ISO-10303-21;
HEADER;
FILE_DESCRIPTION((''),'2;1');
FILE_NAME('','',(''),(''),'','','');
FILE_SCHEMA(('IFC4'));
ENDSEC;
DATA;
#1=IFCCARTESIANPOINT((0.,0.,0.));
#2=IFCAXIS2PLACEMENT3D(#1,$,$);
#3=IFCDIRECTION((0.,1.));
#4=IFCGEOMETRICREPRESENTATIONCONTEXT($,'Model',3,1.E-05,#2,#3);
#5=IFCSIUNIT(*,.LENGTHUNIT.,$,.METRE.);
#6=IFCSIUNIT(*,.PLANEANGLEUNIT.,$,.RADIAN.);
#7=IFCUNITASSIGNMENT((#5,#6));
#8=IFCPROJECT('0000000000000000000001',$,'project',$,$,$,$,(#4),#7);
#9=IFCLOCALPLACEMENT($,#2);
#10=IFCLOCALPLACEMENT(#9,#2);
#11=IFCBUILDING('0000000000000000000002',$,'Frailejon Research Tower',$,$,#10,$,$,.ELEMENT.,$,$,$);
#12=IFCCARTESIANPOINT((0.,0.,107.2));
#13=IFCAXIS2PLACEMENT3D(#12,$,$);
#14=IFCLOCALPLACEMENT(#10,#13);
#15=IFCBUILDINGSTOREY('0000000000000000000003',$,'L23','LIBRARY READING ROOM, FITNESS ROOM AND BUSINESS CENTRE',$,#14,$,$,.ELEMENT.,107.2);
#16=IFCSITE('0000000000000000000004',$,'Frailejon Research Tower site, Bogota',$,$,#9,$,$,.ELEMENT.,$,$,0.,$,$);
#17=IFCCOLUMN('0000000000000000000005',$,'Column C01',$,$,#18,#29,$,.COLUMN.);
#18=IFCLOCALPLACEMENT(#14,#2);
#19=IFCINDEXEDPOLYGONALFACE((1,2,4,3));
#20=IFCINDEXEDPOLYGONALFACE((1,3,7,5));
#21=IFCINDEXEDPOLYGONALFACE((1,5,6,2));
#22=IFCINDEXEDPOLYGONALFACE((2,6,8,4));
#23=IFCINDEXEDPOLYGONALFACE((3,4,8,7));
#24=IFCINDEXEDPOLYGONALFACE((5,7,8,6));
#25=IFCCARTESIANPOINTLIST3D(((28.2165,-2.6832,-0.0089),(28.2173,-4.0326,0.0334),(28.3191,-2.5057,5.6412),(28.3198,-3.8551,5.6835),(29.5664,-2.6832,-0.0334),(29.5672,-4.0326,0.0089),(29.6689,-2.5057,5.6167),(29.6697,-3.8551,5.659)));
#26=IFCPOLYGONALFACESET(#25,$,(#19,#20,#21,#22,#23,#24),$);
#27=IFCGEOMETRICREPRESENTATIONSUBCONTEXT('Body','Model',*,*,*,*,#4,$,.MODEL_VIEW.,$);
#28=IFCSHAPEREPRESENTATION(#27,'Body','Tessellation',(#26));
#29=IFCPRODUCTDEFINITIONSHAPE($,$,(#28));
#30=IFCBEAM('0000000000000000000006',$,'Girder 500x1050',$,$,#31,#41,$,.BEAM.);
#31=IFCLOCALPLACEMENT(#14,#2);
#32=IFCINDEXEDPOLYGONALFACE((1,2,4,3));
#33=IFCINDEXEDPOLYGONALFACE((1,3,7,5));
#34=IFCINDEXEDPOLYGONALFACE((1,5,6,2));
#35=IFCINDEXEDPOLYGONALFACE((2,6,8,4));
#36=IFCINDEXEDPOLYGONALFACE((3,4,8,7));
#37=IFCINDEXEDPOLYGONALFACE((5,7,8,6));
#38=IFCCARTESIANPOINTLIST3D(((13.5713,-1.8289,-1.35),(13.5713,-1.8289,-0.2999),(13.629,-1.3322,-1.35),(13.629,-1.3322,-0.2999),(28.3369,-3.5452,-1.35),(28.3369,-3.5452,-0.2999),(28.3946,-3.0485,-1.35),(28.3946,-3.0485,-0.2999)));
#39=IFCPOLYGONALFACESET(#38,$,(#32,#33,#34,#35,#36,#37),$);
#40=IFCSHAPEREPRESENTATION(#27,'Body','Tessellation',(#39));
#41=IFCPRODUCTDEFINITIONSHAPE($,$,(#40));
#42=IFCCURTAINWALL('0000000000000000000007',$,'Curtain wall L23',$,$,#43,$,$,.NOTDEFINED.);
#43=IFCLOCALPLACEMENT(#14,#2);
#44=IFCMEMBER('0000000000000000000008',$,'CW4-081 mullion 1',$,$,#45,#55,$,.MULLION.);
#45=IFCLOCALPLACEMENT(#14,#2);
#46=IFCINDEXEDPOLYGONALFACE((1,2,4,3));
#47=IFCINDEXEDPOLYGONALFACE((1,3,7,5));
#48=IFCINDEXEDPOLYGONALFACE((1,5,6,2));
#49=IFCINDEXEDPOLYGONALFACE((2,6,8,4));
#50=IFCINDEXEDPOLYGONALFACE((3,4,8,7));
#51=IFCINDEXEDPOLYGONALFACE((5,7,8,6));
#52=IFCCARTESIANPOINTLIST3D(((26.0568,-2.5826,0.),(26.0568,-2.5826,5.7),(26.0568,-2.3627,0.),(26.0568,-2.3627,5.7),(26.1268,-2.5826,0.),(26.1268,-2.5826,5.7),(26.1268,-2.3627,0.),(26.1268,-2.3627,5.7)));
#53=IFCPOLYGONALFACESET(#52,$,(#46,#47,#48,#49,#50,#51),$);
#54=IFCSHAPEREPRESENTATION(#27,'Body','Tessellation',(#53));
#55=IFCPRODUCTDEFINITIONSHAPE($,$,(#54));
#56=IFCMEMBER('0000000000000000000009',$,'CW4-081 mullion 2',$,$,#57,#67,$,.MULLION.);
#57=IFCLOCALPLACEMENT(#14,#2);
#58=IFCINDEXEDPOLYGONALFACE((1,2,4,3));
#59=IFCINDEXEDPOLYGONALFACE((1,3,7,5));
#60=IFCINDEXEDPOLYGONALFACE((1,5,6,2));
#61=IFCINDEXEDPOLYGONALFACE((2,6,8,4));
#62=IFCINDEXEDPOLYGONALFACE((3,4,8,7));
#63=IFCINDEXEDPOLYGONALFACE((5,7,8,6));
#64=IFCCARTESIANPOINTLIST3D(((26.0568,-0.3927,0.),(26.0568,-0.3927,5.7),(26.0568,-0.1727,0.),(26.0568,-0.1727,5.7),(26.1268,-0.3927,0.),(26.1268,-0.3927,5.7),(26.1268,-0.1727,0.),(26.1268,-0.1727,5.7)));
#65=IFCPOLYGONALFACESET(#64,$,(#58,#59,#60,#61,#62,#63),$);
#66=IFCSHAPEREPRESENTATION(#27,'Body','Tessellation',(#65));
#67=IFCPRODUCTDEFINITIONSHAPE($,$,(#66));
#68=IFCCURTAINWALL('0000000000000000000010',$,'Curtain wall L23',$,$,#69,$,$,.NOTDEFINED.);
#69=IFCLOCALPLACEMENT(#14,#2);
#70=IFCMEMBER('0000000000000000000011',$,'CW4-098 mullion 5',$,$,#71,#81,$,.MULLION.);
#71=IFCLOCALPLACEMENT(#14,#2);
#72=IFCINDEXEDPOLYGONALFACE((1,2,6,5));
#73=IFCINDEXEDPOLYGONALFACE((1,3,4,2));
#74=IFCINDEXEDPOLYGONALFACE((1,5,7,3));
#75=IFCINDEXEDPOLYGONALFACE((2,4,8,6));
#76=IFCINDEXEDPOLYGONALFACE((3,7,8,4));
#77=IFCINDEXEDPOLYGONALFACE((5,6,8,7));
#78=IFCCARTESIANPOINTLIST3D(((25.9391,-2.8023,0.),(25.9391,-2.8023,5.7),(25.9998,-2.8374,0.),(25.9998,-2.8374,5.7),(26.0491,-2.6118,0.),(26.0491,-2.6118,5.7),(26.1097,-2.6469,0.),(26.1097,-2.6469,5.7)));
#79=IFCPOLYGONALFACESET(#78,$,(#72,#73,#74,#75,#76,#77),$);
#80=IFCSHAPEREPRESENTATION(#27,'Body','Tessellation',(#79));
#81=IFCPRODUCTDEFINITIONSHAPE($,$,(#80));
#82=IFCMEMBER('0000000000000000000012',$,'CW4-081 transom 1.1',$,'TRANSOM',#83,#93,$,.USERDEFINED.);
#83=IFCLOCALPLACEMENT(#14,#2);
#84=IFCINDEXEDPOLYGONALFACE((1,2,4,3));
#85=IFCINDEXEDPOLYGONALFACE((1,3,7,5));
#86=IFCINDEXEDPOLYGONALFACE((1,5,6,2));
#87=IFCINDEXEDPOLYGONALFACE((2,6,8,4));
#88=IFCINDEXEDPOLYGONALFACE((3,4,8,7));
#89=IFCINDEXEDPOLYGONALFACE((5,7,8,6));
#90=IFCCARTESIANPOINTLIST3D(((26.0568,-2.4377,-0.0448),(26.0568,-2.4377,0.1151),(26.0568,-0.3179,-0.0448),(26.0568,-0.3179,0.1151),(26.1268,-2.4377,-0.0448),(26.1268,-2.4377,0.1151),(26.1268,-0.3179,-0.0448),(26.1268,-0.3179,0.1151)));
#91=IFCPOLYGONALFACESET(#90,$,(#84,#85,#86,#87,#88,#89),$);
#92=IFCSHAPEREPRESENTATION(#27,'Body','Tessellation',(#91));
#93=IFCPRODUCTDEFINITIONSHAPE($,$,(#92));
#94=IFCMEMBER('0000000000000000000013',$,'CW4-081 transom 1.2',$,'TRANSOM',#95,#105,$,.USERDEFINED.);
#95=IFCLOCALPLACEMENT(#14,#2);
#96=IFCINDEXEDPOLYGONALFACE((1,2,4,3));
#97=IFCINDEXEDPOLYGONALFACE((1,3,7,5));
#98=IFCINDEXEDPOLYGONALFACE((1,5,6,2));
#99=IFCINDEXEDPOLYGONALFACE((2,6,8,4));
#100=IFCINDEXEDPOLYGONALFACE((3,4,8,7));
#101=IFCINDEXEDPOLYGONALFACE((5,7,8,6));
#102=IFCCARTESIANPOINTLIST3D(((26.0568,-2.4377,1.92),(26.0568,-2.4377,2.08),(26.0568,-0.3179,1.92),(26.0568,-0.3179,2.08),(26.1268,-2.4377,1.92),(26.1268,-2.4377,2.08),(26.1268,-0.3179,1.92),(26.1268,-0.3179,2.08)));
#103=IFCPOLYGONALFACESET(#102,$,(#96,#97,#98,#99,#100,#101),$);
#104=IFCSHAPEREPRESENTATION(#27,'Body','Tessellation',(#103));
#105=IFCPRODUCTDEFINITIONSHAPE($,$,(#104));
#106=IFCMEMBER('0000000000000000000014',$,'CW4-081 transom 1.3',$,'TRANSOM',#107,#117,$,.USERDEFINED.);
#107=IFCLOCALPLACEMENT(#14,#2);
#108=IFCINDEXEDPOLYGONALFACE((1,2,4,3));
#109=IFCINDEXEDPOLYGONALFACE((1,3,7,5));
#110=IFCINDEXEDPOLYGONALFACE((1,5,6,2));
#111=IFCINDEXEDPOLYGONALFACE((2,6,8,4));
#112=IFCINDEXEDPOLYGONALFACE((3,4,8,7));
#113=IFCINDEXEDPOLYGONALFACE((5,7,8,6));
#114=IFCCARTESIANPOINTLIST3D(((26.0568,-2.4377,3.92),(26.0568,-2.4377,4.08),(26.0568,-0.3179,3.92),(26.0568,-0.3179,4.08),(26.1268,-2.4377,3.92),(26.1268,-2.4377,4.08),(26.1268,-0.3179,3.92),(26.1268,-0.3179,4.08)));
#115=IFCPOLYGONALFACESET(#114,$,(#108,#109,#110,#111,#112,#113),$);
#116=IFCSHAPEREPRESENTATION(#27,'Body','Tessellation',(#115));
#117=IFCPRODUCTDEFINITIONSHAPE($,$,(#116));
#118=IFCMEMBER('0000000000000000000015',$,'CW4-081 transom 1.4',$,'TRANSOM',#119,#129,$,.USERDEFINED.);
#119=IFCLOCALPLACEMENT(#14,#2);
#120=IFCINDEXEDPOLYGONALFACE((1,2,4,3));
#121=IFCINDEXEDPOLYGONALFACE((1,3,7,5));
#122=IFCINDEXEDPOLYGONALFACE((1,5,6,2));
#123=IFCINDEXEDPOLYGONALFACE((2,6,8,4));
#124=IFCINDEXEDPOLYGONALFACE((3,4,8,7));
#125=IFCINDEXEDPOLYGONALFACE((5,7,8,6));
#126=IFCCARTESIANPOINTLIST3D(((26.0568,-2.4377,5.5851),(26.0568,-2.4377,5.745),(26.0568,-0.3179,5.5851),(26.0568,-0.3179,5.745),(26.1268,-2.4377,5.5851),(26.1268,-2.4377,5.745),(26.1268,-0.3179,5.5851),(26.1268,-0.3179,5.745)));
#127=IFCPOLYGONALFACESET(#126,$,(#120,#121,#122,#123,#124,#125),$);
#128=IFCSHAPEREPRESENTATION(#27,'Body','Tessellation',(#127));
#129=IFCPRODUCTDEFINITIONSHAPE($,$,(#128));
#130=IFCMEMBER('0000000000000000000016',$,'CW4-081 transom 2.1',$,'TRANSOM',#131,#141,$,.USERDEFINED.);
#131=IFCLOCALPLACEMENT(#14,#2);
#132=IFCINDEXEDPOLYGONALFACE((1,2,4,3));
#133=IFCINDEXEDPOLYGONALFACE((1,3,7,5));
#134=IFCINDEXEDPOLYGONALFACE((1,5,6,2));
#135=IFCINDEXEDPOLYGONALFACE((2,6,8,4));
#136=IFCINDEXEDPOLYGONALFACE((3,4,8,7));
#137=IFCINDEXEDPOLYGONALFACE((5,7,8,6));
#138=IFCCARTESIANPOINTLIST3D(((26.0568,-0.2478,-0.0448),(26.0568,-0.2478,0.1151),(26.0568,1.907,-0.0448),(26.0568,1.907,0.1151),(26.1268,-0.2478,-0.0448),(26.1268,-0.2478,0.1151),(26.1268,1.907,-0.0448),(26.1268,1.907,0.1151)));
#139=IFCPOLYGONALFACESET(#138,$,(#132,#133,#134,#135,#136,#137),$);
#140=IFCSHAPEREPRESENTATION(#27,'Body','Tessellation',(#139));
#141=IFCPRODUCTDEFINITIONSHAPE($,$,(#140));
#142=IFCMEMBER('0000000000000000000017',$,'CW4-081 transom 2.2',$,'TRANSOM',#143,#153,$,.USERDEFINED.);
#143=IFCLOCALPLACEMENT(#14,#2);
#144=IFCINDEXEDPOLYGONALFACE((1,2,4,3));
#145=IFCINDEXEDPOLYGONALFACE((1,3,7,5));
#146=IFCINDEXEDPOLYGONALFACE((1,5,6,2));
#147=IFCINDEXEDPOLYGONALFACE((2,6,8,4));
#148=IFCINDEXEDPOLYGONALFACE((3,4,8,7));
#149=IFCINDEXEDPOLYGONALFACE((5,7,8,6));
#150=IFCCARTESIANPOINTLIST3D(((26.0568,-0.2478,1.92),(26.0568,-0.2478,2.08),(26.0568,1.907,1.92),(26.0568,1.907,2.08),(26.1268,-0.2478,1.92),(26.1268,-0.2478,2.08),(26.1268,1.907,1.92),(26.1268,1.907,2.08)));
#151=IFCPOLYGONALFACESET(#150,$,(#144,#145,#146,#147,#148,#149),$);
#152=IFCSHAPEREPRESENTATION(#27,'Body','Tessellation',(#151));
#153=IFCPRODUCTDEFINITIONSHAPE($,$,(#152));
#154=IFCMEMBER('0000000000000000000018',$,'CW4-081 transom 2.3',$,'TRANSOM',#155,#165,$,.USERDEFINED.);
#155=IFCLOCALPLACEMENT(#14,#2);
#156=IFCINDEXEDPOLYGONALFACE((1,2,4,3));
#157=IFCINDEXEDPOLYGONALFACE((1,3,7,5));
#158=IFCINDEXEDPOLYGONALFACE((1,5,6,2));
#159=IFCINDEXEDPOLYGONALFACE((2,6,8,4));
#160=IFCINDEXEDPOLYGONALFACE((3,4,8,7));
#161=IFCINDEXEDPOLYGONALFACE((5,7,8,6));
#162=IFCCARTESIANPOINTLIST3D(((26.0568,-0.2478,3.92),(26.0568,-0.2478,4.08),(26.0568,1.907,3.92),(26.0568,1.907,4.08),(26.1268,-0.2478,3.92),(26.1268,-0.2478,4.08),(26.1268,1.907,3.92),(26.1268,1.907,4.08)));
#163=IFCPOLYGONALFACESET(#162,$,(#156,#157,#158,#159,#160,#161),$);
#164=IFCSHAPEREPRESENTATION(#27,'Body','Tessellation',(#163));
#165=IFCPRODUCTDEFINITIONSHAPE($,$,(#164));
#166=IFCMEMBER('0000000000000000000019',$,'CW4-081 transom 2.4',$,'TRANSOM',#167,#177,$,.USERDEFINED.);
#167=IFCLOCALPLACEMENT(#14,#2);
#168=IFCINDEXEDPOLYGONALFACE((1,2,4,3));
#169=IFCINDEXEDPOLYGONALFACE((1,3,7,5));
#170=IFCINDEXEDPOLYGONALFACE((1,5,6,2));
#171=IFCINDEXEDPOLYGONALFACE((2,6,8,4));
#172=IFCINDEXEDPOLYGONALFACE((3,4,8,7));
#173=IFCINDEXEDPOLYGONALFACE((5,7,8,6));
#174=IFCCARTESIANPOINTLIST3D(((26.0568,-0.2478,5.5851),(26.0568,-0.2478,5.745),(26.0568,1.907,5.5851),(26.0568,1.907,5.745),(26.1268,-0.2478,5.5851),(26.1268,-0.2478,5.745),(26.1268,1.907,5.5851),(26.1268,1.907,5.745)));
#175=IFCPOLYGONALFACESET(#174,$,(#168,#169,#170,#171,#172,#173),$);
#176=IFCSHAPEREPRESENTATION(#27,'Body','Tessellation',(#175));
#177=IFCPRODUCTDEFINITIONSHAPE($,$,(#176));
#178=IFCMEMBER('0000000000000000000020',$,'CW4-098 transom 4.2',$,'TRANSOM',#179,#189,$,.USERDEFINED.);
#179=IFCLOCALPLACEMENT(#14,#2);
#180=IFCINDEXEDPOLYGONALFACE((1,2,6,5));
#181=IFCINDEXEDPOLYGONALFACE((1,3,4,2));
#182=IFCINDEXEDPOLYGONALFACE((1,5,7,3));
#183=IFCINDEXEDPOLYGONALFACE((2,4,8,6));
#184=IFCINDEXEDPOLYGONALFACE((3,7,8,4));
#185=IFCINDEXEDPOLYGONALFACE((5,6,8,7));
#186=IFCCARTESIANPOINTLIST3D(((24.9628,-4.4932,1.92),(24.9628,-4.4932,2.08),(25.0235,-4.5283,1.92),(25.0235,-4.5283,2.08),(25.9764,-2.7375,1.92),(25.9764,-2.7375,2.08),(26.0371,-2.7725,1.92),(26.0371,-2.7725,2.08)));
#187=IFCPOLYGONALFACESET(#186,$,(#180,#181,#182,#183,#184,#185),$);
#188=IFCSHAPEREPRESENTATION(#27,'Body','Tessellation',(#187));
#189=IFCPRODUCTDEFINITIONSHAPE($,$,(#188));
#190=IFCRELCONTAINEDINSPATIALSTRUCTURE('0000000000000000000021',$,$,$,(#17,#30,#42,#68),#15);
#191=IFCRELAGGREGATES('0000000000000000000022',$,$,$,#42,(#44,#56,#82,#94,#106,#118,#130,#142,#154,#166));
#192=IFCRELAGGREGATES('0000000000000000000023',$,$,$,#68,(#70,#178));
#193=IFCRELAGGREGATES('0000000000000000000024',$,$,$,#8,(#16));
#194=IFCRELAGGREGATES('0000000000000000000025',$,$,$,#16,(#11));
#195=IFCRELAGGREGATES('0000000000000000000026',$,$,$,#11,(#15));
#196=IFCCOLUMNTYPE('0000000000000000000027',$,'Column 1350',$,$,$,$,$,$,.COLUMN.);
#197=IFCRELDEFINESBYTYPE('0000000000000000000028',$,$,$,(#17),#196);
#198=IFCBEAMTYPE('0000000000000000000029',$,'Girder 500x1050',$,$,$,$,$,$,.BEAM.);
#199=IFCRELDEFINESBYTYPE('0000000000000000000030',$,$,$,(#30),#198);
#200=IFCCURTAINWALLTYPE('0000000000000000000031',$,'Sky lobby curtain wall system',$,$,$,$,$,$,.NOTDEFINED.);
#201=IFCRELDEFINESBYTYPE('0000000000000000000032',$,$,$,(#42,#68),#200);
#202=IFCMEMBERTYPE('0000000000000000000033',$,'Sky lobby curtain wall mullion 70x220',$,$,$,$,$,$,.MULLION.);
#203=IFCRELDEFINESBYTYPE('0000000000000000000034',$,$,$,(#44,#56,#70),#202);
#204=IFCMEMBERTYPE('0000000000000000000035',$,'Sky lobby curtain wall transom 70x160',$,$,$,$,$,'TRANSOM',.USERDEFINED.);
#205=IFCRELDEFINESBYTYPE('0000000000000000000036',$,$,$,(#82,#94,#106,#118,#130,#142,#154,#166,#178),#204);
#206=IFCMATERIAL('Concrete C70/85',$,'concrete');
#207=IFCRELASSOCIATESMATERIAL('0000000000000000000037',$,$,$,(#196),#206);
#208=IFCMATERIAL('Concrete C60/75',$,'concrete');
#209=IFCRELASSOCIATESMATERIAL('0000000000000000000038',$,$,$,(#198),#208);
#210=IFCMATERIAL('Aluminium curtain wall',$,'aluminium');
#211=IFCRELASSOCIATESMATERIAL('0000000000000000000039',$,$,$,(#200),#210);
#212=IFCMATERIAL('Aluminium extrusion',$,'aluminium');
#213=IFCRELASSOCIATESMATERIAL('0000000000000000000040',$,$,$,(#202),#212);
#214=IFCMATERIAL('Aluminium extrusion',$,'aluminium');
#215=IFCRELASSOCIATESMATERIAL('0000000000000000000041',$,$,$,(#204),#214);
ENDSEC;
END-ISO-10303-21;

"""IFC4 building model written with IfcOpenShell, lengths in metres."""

from ifc_helpers import new_model, si_unit, direction, frame, origin, origin_2d, place, context, subcontext, project, spatial, rectangle, extrude, material, material_profile, profile_set, type_object, element, aggregate, save


model = new_model("IFC4")

# Units and contexts
model_context = context("Model", 3, precision=1e-05, world=origin(), true_north=direction((0.0, 1.0)))
body_context = subcontext(model_context, "Body", "Model", "MODEL_VIEW")
ifc_project = project(units=[si_unit("LENGTHUNIT", "METRE"), si_unit("PLANEANGLEUNIT", "RADIAN")], contexts=[model_context])

# Site, building, storey
site_placement = place(None, origin())
site = spatial("IfcSite", under=ifc_project, at=site_placement, Name="Frailejon Research Tower site, Bogota", CompositionType="ELEMENT", RefElevation=0.0)
building_placement = place(site_placement, origin())
building = spatial("IfcBuilding", under=site, at=building_placement, Name="Frailejon Research Tower", CompositionType="ELEMENT")
storey_placement = place(building_placement, frame((0.0, 0.0, 107.2)))
storey = spatial("IfcBuildingStorey", under=building, at=storey_placement, Name="L23", Description="LIBRARY READING ROOM, FITNESS ROOM AND BUSINESS CENTRE", CompositionType="ELEMENT", Elevation=107.2)

# Column
ifc_material_1 = material(Name="Concrete C70/85", Category="concrete")
ifc_material_profile_1 = material_profile(ifc_material_1, rectangle(XDim=1.3501, YDim=1.3501, at=origin_2d()), Name="Column 1350")
ifc_profile_set_1 = profile_set([ifc_material_profile_1], Name="Concrete C70/85")
column_type = type_object("IfcColumnType", Name="Column 1350", PredefinedType="COLUMN", material=ifc_profile_set_1)
column_placement = place(storey_placement, frame((28.8918, -3.3579, 0.0), z_axis=(0.018136, 0.031393, 0.999343), x_axis=(-0.000572, 0.999507, -0.031388)))
element("IfcColumn", 1, at=column_placement, inside=storey, type_object=column_type, Name="Column C01", PredefinedType="COLUMN", context=body_context, shape_type="SweptSolid", body=[
    extrude(rectangle(XDim=1.3501, YDim=1.3501, at=origin_2d()), origin(), (0.0, 0.0, 1.0), 5.6538),
])

# Beam
ifc_material_2 = material(Name="Concrete C60/75", Category="concrete")
ifc_material_profile_2 = material_profile(ifc_material_2, rectangle(XDim=0.5, YDim=1.05, at=origin_2d()), Name="Girder 500x1050")
ifc_profile_set_2 = profile_set([ifc_material_profile_2], Name="Concrete C60/75")
beam_type_1 = type_object("IfcBeamType", Name="Girder 500x1050", PredefinedType="BEAM", material=ifc_profile_set_2)
beam_1_placement = place(storey_placement, frame((28.3657, -3.2969, -0.825), z_axis=(-0.993312, 0.115459, 0.0), x_axis=(-0.115459, -0.993312, 0.0)))
element("IfcBeam", 2, at=beam_1_placement, inside=storey, type_object=beam_type_1, Name="Girder 500x1050", PredefinedType="BEAM", context=body_context, shape_type="SweptSolid", body=[
    extrude(rectangle(XDim=0.5, YDim=1.05, at=origin_2d()), origin(), (0.0, 0.0, 1.0), 14.865),
])

# Curtain wall, members
ifc_material_3 = material(Name="Aluminium curtain wall", Category="aluminium")
curtain_wall_type = type_object("IfcCurtainWallType", Name="Sky lobby curtain wall system", PredefinedType="NOTDEFINED", material=ifc_material_3)
curtain_wall_1_placement = place(storey_placement, origin())
curtain_wall_1 = element("IfcCurtainWall", 3, at=curtain_wall_1_placement, inside=storey, type_object=curtain_wall_type, Name="Curtain wall L23", PredefinedType="NOTDEFINED")
ifc_material_4 = material(Name="Aluminium extrusion", Category="aluminium")
ifc_material_profile_3 = material_profile(ifc_material_4, rectangle(XDim=0.0701, YDim=0.22, at=origin_2d()), Name="Sky lobby curtain wall mullion 70x220")
ifc_profile_set_3 = profile_set([ifc_material_profile_3], Name="Aluminium extrusion")
member_type_1 = type_object("IfcMemberType", Name="Sky lobby curtain wall mullion 70x220", PredefinedType="MULLION", material=ifc_profile_set_3)
member_1_placement = place(storey_placement, frame((26.0918, -2.4727, 0.0), z_axis=(0.0, 0.0, 1.0), x_axis=(-1.0, 0.0, 0.0)))
member_1 = element("IfcMember", 4, at=member_1_placement, type_object=member_type_1, Name="CW4-081 mullion 1", PredefinedType="MULLION", context=body_context, shape_type="SweptSolid", body=[
    extrude(rectangle(XDim=0.0701, YDim=0.22, at=origin_2d()), origin(), (0.0, 0.0, 1.0), 5.7),
])
member_2_placement = place(storey_placement, frame((26.0918, -0.2827, 0.0), z_axis=(0.0, 0.0, 1.0), x_axis=(-1.0, 0.0, 0.0)))
member_2 = element("IfcMember", 5, at=member_2_placement, type_object=member_type_1, Name="CW4-081 mullion 2", PredefinedType="MULLION", context=body_context, shape_type="SweptSolid", body=[
    extrude(rectangle(XDim=0.0701, YDim=0.22, at=origin_2d()), origin(), (0.0, 0.0, 1.0), 5.7),
])

# Curtain wall, member
curtain_wall_2_placement = place(storey_placement, origin())
curtain_wall_2 = element("IfcCurtainWall", 6, at=curtain_wall_2_placement, inside=storey, type_object=curtain_wall_type, Name="Curtain wall L23", PredefinedType="NOTDEFINED")
member_3_placement = place(storey_placement, frame((26.0244, -2.7246, 0.0), z_axis=(0.0, 0.0, 1.0), x_axis=(-0.866026, 0.5, 0.0)))
member_3 = element("IfcMember", 7, at=member_3_placement, type_object=member_type_1, Name="CW4-098 mullion 5", PredefinedType="MULLION", context=body_context, shape_type="SweptSolid", body=[
    extrude(rectangle(XDim=0.0701, YDim=0.22, at=origin_2d()), origin(), (0.0, 0.0, 1.0), 5.7),
])

# Members
ifc_material_5 = material(Name="Aluminium extrusion", Category="aluminium")
ifc_material_profile_4 = material_profile(ifc_material_5, rectangle(XDim=0.0701, YDim=0.1599, at=origin_2d()), Name="Sky lobby curtain wall transom 70x160")
ifc_profile_set_4 = profile_set([ifc_material_profile_4], Name="Aluminium extrusion")
member_type_2 = type_object("IfcMemberType", Name="Sky lobby curtain wall transom 70x160", ElementType="TRANSOM", PredefinedType="USERDEFINED", material=ifc_profile_set_4)
member_4_placement = place(storey_placement, frame((26.0918, -2.4377, 0.0352), z_axis=(0.0, 1.0, 0.0), x_axis=(-1.0, 0.0, 0.0)))
member_4 = element("IfcMember", 8, at=member_4_placement, type_object=member_type_2, Name="CW4-081 transom 1.1", ObjectType="TRANSOM", PredefinedType="USERDEFINED", context=body_context, shape_type="SweptSolid", body=[
    extrude(rectangle(XDim=0.0701, YDim=0.1599, at=origin_2d()), origin(), (0.0, 0.0, 1.0), 2.1199),
])
member_5_placement = place(storey_placement, frame((26.0918, -2.4377, 2.0), z_axis=(0.0, 1.0, 0.0), x_axis=(-1.0, 0.0, 0.0)))
member_5 = element("IfcMember", 9, at=member_5_placement, type_object=member_type_2, Name="CW4-081 transom 1.2", ObjectType="TRANSOM", PredefinedType="USERDEFINED", context=body_context, shape_type="SweptSolid", body=[
    extrude(rectangle(XDim=0.0701, YDim=0.1599, at=origin_2d()), origin(), (0.0, 0.0, 1.0), 2.1199),
])
member_6_placement = place(storey_placement, frame((26.0918, -2.4377, 4.0), z_axis=(0.0, 1.0, 0.0), x_axis=(-1.0, 0.0, 0.0)))
member_6 = element("IfcMember", 10, at=member_6_placement, type_object=member_type_2, Name="CW4-081 transom 1.3", ObjectType="TRANSOM", PredefinedType="USERDEFINED", context=body_context, shape_type="SweptSolid", body=[
    extrude(rectangle(XDim=0.0701, YDim=0.1599, at=origin_2d()), origin(), (0.0, 0.0, 1.0), 2.1199),
])
member_7_placement = place(storey_placement, frame((26.0918, -2.4377, 5.665), z_axis=(0.0, 1.0, 0.0), x_axis=(-1.0, 0.0, 0.0)))
member_7 = element("IfcMember", 11, at=member_7_placement, type_object=member_type_2, Name="CW4-081 transom 1.4", ObjectType="TRANSOM", PredefinedType="USERDEFINED", context=body_context, shape_type="SweptSolid", body=[
    extrude(rectangle(XDim=0.0701, YDim=0.1599, at=origin_2d()), origin(), (0.0, 0.0, 1.0), 2.1199),
])
member_8_placement = place(storey_placement, frame((26.0918, -0.2478, 0.0352), z_axis=(0.0, 1.0, 0.0), x_axis=(-1.0, 0.0, 0.0)))
member_8 = element("IfcMember", 12, at=member_8_placement, type_object=member_type_2, Name="CW4-081 transom 2.1", ObjectType="TRANSOM", PredefinedType="USERDEFINED", context=body_context, shape_type="SweptSolid", body=[
    extrude(rectangle(XDim=0.0701, YDim=0.1599, at=origin_2d()), origin(), (0.0, 0.0, 1.0), 2.1548),
])
member_9_placement = place(storey_placement, frame((26.0918, -0.2478, 2.0), z_axis=(0.0, 1.0, 0.0), x_axis=(-1.0, 0.0, 0.0)))
member_9 = element("IfcMember", 13, at=member_9_placement, type_object=member_type_2, Name="CW4-081 transom 2.2", ObjectType="TRANSOM", PredefinedType="USERDEFINED", context=body_context, shape_type="SweptSolid", body=[
    extrude(rectangle(XDim=0.0701, YDim=0.1599, at=origin_2d()), origin(), (0.0, 0.0, 1.0), 2.1548),
])
member_10_placement = place(storey_placement, frame((26.0918, -0.2478, 4.0), z_axis=(0.0, 1.0, 0.0), x_axis=(-1.0, 0.0, 0.0)))
member_10 = element("IfcMember", 14, at=member_10_placement, type_object=member_type_2, Name="CW4-081 transom 2.3", ObjectType="TRANSOM", PredefinedType="USERDEFINED", context=body_context, shape_type="SweptSolid", body=[
    extrude(rectangle(XDim=0.0701, YDim=0.1599, at=origin_2d()), origin(), (0.0, 0.0, 1.0), 2.1548),
])
member_11_placement = place(storey_placement, frame((26.0918, -0.2478, 5.665), z_axis=(0.0, 1.0, 0.0), x_axis=(-1.0, 0.0, 0.0)))
member_11 = element("IfcMember", 15, at=member_11_placement, type_object=member_type_2, Name="CW4-081 transom 2.4", ObjectType="TRANSOM", PredefinedType="USERDEFINED", context=body_context, shape_type="SweptSolid", body=[
    extrude(rectangle(XDim=0.0701, YDim=0.1599, at=origin_2d()), origin(), (0.0, 0.0, 1.0), 2.1548),
])
member_12_placement = place(storey_placement, frame((24.9932, -4.5107, 2.0), z_axis=(0.499973, 0.866041, 0.0), x_axis=(-0.866041, 0.499973, 0.0)))
member_12 = element("IfcMember", 16, at=member_12_placement, type_object=member_type_2, Name="CW4-098 transom 4.2", ObjectType="TRANSOM", PredefinedType="USERDEFINED", context=body_context, shape_type="SweptSolid", body=[
    extrude(rectangle(XDim=0.0701, YDim=0.1599, at=origin_2d()), origin(), (0.0, 0.0, 1.0), 2.0273),
])

aggregate(curtain_wall_1, [member_1, member_2, member_4, member_5, member_6, member_7, member_8, member_9, member_10, member_11])
aggregate(curtain_wall_2, [member_3, member_12])

save(model, "model.ifc")
